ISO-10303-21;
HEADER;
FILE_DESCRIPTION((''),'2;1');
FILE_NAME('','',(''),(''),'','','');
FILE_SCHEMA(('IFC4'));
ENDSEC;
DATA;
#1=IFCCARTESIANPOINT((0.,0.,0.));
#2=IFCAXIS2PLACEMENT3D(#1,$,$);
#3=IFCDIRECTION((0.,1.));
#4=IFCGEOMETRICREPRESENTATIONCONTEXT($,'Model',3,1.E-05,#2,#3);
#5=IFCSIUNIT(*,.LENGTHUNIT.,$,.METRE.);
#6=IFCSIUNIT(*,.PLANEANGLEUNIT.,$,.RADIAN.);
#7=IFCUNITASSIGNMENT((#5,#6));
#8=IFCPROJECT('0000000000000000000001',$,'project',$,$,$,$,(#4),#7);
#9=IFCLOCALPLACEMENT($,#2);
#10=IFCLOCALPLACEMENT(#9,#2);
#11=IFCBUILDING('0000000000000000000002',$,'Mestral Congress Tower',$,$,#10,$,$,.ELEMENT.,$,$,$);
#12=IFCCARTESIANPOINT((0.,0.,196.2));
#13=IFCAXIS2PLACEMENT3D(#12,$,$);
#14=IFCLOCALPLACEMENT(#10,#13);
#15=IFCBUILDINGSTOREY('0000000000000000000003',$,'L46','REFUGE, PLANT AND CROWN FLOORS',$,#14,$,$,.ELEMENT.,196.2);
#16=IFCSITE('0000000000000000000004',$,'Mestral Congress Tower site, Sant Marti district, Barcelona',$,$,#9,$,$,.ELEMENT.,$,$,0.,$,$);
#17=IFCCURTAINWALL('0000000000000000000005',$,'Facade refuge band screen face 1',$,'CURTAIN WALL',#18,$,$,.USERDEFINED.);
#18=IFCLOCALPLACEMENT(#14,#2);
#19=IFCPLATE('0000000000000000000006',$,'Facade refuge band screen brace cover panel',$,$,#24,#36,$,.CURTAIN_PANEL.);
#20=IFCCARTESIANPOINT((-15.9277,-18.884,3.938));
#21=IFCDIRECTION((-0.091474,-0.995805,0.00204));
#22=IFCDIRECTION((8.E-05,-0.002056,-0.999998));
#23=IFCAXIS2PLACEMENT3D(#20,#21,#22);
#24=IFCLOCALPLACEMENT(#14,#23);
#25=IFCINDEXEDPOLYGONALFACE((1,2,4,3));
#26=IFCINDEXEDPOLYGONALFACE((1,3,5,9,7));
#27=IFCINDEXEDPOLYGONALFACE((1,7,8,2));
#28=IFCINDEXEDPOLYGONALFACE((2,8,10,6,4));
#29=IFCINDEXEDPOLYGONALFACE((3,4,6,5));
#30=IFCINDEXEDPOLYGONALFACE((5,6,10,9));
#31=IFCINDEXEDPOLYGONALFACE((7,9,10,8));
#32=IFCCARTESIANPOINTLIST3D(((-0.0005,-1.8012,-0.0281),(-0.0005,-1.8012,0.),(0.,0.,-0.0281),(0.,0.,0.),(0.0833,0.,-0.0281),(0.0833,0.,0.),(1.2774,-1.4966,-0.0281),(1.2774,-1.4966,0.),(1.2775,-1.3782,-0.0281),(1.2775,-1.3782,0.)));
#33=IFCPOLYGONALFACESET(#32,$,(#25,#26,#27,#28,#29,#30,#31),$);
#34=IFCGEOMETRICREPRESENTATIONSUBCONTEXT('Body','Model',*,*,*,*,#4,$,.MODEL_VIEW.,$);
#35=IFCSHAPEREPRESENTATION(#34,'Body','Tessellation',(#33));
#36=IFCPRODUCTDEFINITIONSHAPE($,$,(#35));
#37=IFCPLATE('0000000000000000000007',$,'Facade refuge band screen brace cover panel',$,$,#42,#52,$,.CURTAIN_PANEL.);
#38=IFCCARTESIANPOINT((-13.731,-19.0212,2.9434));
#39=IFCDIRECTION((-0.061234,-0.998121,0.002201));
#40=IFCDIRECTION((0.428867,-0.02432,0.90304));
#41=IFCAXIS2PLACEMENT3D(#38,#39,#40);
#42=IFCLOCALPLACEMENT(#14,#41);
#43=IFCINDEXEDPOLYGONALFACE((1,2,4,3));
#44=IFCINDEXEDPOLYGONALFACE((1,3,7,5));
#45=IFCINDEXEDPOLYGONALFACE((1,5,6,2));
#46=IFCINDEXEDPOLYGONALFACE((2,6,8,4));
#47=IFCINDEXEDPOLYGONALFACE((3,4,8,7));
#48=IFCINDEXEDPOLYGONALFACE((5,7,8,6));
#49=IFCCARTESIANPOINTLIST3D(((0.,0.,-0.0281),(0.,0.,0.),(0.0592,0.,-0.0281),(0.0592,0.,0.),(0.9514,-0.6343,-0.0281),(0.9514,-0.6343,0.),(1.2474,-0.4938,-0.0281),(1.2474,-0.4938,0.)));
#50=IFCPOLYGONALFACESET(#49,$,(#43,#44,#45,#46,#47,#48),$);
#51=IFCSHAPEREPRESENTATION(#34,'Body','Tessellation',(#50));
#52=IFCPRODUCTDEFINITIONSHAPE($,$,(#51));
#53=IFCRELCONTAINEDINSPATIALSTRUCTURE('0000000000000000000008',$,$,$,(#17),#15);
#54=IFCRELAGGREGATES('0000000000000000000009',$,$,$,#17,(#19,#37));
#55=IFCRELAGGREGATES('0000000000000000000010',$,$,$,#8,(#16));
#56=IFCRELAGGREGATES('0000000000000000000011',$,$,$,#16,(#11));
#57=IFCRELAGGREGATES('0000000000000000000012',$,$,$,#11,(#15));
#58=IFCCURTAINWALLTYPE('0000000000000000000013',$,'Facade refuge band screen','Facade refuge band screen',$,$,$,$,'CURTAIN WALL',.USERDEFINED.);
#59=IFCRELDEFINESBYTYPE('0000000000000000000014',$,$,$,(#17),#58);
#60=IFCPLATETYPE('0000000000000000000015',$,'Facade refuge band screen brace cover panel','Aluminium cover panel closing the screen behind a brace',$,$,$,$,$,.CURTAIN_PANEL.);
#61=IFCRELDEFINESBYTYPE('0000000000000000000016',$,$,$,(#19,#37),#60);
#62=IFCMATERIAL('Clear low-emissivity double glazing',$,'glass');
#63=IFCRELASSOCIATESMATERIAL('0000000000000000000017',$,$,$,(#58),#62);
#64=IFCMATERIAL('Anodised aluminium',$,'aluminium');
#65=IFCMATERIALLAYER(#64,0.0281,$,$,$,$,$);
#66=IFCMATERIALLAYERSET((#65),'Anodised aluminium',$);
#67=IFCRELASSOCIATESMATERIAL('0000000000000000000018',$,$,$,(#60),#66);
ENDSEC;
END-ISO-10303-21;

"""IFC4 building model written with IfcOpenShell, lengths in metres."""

from ifc_helpers import new_model, si_unit, direction, frame, origin, place, context, subcontext, project, spatial, polyline, outline, extrude, material, layer, layer_set, type_object, element, aggregate, save


model = new_model("IFC4")

# Units and contexts
model_context = context("Model", 3, precision=1e-05, world=origin(), true_north=direction((0.0, 1.0)))
body_context = subcontext(model_context, "Body", "Model", "MODEL_VIEW")
ifc_project = project(units=[si_unit("LENGTHUNIT", "METRE"), si_unit("PLANEANGLEUNIT", "RADIAN")], contexts=[model_context])

# Site, building, storey
site_placement = place(None, origin())
site = spatial("IfcSite", under=ifc_project, at=site_placement, Name="Mestral Congress Tower site, Sant Marti district, Barcelona", CompositionType="ELEMENT", RefElevation=0.0)
building_placement = place(site_placement, origin())
building = spatial("IfcBuilding", under=site, at=building_placement, Name="Mestral Congress Tower", CompositionType="ELEMENT")
storey_placement = place(building_placement, frame((0.0, 0.0, 196.2)))
storey = spatial("IfcBuildingStorey", under=building, at=storey_placement, Name="L46", Description="REFUGE, PLANT AND CROWN FLOORS", CompositionType="ELEMENT", Elevation=196.2)

# Curtain wall
ifc_material_1 = material(Name="Clear low-emissivity double glazing", Category="glass")
curtain_wall_type = type_object("IfcCurtainWallType", Name="Facade refuge band screen", Description="Facade refuge band screen", ElementType="CURTAIN WALL", PredefinedType="USERDEFINED", material=ifc_material_1)
curtain_wall_placement = place(storey_placement, origin())
curtain_wall = element("IfcCurtainWall", 1, at=curtain_wall_placement, inside=storey, type_object=curtain_wall_type, Name="Facade refuge band screen face 1", ObjectType="CURTAIN WALL", PredefinedType="USERDEFINED")
ifc_material_2 = material(Name="Anodised aluminium", Category="aluminium")

# Plates
ifc_layer_1 = layer(ifc_material_2, 0.0281)
ifc_layer_set_1 = layer_set([ifc_layer_1], Name="Anodised aluminium")
plate_type_1 = type_object("IfcPlateType", Name="Facade refuge band screen brace cover panel", Description="Aluminium cover panel closing the screen behind a brace", PredefinedType="CURTAIN_PANEL", material=ifc_layer_set_1)
plate_1_placement = place(storey_placement, frame((-15.9277, -18.884, 3.938), z_axis=(-0.091474, -0.995805, 0.00204), x_axis=(0.00008, -0.002056, -0.999998)))
plate_1 = element("IfcPlate", 2, at=plate_1_placement, type_object=plate_type_1, Name="Facade refuge band screen brace cover panel", PredefinedType="CURTAIN_PANEL", context=body_context, shape_type="SweptSolid", body=[
    extrude(outline(polyline([(0.0, 0.0), (0.0833, 0.0), (1.2775, -1.3782), (1.2774, -1.4966), (-0.0005, -1.8012), (0.0, 0.0)])), origin(), (0.0, 0.0, -1.0), 0.0281),
])
plate_2_placement = place(storey_placement, frame((-13.731, -19.0212, 2.9434), z_axis=(-0.061234, -0.998121, 0.002201), x_axis=(0.428867, -0.02432, 0.90304)))
plate_2 = element("IfcPlate", 3, at=plate_2_placement, type_object=plate_type_1, Name="Facade refuge band screen brace cover panel", PredefinedType="CURTAIN_PANEL", context=body_context, shape_type="SweptSolid", body=[
    extrude(outline(polyline([(0.0, 0.0), (0.0592, 0.0), (1.2474, -0.4938), (0.9514, -0.6343), (0.0, 0.0)])), origin(), (0.0, 0.0, -1.0), 0.0281),
])

aggregate(curtain_wall, [plate_1, plate_2])

save(model, "model.ifc")
